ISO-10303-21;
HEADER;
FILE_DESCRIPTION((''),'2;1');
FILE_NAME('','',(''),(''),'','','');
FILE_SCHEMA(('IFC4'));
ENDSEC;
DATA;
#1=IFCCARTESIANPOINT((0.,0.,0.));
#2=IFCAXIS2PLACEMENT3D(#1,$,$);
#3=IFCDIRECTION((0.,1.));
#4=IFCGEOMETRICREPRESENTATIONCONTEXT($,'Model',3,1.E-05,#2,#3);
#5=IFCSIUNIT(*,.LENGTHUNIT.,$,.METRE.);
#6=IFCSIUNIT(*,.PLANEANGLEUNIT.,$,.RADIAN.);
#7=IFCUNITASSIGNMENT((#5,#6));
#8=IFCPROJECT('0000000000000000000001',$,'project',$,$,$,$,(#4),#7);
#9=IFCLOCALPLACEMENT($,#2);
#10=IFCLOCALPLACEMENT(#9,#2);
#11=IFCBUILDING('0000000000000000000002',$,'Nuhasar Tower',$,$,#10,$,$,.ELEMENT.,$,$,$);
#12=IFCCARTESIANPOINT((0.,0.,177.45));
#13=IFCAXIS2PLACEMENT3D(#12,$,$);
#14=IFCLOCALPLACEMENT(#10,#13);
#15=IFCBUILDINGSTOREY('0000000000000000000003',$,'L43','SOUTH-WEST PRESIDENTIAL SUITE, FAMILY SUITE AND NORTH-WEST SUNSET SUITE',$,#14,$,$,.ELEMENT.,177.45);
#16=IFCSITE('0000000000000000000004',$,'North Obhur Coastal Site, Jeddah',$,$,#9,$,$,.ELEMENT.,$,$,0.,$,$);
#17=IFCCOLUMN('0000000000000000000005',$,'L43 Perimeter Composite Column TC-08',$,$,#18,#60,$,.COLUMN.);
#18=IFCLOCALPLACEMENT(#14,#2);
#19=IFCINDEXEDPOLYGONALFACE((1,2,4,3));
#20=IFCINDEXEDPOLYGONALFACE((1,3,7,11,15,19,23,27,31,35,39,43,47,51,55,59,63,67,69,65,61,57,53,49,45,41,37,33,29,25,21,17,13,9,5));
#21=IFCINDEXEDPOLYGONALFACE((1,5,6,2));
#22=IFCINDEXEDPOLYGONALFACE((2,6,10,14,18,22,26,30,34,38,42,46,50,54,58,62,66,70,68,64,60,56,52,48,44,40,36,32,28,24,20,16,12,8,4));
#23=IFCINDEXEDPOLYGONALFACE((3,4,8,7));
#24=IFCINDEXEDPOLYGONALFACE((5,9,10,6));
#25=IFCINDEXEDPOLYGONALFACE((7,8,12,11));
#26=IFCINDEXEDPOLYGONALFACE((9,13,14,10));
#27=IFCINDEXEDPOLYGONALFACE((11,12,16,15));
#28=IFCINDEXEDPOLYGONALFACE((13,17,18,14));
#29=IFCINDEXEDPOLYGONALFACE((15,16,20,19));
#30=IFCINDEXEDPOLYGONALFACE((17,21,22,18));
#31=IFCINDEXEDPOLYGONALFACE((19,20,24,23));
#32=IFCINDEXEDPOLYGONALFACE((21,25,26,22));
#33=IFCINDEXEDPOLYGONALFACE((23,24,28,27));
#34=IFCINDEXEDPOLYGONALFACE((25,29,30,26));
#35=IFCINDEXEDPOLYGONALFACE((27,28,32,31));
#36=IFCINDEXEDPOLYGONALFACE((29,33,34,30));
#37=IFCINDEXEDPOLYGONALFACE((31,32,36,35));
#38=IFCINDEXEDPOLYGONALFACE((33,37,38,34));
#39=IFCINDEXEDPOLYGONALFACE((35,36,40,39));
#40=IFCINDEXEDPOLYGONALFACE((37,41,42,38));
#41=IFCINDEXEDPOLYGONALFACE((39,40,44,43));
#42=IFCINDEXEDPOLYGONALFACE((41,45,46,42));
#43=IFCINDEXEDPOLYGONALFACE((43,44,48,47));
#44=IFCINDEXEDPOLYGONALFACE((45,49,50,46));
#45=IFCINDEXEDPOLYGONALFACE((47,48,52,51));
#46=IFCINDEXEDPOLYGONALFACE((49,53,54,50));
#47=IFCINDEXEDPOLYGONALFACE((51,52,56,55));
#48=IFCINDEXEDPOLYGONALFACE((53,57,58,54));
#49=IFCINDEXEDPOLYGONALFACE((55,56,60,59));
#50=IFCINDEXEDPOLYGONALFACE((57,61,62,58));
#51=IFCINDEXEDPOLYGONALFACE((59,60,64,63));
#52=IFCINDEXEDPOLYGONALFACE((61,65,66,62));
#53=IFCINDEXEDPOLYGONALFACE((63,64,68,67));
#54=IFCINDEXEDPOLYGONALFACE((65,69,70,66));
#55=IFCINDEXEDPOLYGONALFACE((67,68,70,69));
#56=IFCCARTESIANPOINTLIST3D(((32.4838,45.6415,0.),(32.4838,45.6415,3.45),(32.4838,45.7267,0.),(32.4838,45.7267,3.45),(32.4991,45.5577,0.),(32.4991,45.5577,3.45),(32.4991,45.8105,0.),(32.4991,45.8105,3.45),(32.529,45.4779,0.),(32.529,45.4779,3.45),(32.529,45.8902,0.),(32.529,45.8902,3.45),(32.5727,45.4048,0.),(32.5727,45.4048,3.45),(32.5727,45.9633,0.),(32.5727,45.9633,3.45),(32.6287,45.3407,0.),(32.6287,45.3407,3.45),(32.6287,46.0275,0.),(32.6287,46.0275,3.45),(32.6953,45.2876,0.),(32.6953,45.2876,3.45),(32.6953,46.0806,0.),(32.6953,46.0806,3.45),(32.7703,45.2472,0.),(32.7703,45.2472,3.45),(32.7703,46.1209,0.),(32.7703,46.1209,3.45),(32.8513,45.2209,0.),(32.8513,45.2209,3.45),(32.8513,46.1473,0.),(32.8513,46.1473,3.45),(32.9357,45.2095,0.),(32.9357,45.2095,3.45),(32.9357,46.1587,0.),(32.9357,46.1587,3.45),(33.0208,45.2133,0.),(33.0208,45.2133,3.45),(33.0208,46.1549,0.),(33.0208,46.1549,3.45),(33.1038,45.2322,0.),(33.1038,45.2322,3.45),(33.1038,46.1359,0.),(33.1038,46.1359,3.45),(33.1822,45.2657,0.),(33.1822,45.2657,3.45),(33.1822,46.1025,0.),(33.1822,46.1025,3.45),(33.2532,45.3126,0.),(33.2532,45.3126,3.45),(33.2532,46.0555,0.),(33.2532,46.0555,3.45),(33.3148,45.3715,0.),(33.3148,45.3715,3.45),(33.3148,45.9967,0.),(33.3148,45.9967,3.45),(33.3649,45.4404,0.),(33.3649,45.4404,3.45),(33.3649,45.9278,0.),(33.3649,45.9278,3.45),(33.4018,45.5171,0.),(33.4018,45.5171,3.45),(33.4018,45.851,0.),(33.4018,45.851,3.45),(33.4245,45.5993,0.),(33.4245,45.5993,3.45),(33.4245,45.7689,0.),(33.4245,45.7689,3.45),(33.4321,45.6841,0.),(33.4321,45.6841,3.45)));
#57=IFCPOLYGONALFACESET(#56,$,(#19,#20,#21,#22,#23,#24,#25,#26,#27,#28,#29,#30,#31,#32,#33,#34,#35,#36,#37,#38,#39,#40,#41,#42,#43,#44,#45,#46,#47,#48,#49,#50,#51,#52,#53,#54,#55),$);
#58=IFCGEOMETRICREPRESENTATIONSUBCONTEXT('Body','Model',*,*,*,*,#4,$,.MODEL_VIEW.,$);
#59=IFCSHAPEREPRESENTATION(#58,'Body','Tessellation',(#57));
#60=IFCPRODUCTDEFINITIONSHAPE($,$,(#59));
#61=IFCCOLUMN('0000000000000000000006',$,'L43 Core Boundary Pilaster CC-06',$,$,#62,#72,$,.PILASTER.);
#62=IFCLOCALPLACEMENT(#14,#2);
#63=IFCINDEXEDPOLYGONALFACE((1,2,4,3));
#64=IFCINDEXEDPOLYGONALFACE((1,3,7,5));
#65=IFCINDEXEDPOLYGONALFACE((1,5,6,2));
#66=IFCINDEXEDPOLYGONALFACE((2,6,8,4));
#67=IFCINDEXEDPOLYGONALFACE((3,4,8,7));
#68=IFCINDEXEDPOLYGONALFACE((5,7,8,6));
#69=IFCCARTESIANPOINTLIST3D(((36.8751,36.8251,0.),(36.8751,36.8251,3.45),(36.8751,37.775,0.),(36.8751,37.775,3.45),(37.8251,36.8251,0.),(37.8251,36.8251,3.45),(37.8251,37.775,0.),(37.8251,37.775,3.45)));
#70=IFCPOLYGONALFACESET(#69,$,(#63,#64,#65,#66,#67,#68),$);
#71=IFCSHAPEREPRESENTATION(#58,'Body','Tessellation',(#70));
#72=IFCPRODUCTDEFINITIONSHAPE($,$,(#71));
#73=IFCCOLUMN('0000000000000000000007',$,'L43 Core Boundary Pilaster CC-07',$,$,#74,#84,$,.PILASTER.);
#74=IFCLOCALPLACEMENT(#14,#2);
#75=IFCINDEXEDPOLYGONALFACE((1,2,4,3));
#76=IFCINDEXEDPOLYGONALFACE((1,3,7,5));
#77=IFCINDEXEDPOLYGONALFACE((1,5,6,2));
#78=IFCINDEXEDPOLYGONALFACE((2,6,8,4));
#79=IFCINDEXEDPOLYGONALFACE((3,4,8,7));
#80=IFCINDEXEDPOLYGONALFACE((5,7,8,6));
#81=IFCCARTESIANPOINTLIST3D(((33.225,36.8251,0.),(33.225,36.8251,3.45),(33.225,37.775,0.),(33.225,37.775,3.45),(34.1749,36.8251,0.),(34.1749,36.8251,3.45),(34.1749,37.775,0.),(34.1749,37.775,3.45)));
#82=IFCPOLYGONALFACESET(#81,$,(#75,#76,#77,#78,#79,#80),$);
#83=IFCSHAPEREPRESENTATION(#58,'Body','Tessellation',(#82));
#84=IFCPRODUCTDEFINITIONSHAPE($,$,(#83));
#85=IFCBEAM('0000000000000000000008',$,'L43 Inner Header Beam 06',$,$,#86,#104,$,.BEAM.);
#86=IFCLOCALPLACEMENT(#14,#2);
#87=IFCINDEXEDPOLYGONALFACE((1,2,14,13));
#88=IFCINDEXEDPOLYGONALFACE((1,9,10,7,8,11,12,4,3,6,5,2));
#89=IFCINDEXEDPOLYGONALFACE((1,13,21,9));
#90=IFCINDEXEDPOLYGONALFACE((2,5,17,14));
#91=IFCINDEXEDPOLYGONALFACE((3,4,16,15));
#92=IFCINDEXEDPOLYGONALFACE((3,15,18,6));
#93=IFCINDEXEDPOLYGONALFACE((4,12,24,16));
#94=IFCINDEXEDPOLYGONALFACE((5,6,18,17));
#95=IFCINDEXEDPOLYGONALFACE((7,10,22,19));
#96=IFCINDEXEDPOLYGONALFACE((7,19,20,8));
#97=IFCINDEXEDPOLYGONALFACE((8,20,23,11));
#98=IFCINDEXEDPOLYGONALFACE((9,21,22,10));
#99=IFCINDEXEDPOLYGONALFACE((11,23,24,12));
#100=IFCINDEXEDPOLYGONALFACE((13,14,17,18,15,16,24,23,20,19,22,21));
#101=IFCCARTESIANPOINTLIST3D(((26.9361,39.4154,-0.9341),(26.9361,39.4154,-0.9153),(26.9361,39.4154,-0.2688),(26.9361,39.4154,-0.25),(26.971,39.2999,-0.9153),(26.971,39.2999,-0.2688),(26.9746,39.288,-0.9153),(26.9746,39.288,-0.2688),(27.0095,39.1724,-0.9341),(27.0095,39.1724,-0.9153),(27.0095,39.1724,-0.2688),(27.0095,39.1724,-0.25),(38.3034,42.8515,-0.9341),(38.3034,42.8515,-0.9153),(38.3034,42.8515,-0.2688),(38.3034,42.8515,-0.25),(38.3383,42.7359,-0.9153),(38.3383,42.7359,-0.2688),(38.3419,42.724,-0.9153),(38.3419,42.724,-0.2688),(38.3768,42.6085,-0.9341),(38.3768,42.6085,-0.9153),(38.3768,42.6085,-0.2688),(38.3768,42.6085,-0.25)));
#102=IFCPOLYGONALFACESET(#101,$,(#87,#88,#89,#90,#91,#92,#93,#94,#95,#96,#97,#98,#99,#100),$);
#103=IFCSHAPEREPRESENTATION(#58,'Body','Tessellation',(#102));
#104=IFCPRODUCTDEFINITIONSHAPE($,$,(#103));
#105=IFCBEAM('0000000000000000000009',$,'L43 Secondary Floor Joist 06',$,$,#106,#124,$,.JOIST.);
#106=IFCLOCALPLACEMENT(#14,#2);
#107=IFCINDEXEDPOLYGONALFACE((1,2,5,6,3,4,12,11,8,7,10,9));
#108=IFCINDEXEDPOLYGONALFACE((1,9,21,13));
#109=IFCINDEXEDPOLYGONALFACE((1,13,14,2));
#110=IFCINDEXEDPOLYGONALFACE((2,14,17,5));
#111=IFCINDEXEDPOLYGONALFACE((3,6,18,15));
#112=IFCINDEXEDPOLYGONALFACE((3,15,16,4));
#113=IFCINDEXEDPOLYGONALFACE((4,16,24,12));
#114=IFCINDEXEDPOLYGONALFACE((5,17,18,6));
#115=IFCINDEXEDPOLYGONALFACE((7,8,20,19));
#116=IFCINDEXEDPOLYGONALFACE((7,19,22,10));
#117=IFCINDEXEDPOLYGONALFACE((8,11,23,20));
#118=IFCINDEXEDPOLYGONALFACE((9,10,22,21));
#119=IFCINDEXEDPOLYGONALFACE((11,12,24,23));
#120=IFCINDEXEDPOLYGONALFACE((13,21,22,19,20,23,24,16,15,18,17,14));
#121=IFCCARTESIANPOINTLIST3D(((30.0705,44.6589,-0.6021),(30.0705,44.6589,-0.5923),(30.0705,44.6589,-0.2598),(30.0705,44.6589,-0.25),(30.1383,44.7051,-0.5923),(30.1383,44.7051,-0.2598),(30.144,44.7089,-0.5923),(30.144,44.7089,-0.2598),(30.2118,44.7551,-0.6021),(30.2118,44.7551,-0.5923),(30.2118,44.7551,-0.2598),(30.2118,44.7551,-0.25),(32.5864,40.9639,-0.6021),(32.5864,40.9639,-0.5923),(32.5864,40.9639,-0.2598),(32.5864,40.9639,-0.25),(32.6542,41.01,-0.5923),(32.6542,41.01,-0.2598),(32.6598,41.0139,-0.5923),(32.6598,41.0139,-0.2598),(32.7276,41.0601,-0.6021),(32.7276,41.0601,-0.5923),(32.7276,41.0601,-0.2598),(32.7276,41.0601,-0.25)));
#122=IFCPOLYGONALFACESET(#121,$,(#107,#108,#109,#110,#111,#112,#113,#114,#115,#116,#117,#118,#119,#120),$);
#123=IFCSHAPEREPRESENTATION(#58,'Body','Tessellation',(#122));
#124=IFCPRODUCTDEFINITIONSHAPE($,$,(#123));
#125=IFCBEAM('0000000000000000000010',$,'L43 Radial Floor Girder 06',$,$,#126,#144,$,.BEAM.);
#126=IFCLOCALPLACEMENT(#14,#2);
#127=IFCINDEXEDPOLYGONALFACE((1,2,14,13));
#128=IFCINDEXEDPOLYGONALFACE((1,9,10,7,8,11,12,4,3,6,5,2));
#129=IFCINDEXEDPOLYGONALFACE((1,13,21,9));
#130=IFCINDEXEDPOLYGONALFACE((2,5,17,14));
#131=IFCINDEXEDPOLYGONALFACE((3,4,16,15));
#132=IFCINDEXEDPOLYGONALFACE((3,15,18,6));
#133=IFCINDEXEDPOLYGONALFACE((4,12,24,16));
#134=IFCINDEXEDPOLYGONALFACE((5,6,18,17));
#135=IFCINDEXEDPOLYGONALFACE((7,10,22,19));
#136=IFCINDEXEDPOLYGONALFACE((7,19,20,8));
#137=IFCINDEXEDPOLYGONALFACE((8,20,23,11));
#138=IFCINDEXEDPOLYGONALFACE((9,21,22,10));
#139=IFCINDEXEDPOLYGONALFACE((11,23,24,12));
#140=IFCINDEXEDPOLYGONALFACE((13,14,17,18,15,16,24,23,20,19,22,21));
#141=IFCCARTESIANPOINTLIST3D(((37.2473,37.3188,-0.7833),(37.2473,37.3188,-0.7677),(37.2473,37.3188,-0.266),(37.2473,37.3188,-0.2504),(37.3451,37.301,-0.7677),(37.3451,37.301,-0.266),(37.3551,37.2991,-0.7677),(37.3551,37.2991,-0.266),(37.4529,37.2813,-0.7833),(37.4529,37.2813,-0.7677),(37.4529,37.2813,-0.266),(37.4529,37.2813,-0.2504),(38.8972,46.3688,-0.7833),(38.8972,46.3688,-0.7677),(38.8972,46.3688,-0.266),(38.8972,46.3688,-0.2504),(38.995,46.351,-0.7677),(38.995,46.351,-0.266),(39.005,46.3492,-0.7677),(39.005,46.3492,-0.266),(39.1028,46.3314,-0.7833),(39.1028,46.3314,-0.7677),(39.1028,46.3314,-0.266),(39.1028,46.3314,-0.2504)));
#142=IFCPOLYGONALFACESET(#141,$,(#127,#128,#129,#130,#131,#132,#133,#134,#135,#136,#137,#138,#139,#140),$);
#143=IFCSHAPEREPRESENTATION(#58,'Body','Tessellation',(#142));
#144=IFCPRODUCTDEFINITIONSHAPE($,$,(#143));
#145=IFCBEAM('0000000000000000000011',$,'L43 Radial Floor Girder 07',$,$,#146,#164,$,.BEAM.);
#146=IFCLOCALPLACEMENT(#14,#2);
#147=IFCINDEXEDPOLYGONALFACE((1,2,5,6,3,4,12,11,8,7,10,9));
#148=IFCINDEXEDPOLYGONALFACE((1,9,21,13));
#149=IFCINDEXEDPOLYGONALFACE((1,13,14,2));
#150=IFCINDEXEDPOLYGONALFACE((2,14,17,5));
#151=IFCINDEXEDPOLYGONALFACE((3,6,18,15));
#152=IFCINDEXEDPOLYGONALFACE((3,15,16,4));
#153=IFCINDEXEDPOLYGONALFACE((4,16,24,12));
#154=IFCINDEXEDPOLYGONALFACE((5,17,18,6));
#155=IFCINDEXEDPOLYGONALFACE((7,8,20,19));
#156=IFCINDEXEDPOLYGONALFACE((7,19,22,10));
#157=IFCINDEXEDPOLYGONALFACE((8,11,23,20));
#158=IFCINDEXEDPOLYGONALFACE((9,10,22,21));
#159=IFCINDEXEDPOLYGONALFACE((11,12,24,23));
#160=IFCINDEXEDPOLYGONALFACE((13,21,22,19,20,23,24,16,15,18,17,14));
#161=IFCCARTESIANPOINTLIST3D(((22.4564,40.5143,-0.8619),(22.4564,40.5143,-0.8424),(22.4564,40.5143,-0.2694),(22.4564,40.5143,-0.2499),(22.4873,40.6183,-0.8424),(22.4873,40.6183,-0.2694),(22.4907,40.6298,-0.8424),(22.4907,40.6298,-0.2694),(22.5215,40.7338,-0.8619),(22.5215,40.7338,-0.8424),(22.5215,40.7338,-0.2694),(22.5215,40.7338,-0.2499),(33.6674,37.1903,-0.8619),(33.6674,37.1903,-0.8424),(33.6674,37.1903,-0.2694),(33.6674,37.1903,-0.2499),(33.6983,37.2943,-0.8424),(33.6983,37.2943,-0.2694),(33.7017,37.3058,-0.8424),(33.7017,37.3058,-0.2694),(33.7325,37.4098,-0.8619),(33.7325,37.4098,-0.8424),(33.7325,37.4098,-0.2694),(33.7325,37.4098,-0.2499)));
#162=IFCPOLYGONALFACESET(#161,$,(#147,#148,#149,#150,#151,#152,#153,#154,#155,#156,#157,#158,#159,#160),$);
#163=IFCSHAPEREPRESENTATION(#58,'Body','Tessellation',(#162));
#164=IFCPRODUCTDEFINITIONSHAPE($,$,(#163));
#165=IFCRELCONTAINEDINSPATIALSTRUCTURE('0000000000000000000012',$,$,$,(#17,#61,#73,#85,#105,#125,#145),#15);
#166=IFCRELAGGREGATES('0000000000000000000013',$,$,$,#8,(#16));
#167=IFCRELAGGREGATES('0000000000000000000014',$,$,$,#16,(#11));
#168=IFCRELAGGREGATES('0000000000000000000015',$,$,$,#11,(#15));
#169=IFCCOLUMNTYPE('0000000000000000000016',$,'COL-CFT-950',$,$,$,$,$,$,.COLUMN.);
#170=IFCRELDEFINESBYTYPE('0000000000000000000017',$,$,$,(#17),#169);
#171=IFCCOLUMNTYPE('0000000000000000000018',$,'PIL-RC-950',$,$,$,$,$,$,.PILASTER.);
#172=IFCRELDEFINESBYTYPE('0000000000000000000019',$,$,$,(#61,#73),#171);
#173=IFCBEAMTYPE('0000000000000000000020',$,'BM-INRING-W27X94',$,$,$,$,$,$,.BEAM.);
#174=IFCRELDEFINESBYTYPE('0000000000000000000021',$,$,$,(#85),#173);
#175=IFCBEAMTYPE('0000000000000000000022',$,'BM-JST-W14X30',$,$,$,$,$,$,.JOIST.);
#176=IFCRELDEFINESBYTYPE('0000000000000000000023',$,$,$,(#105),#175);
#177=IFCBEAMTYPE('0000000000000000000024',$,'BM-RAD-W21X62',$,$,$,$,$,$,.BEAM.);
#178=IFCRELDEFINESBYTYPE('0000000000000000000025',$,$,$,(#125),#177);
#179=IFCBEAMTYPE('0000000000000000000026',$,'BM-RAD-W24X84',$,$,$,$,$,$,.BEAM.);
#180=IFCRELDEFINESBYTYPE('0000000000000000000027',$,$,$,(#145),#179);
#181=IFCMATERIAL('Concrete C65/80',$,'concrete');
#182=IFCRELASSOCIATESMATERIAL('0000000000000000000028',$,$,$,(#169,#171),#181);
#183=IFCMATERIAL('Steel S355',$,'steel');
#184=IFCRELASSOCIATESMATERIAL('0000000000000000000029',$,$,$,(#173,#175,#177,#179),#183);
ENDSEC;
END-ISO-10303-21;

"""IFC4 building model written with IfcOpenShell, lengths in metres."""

from ifc_helpers import new_model, si_unit, direction, frame, origin, origin_2d, place, context, subcontext, project, spatial, rectangle, circle, i_section, extrude, material, material_profile, profile_set, type_object, element, save


model = new_model("IFC4")

# Units and contexts
model_context = context("Model", 3, precision=1e-05, world=origin(), true_north=direction((0.0, 1.0)))
body_context = subcontext(model_context, "Body", "Model", "MODEL_VIEW")
ifc_project = project(units=[si_unit("LENGTHUNIT", "METRE"), si_unit("PLANEANGLEUNIT", "RADIAN")], contexts=[model_context])

# Site, building, storey
site_placement = place(None, origin())
site = spatial("IfcSite", under=ifc_project, at=site_placement, Name="North Obhur Coastal Site, Jeddah", CompositionType="ELEMENT", RefElevation=0.0)
building_placement = place(site_placement, origin())
building = spatial("IfcBuilding", under=site, at=building_placement, Name="Nuhasar Tower", CompositionType="ELEMENT")
storey_placement = place(building_placement, frame((0.0, 0.0, 177.45)))
storey = spatial("IfcBuildingStorey", under=building, at=storey_placement, Name="L43", Description="SOUTH-WEST PRESIDENTIAL SUITE, FAMILY SUITE AND NORTH-WEST SUNSET SUITE", CompositionType="ELEMENT", Elevation=177.45)

# Columns
ifc_material_1 = material(Name="Concrete C65/80", Category="concrete")
ifc_material_profile_1 = material_profile(ifc_material_1, circle(Radius=0.4751, at=origin_2d()), Name="CFT950")
ifc_profile_set_1 = profile_set([ifc_material_profile_1], Name="Concrete C65/80")
column_type_1 = type_object("IfcColumnType", Name="COL-CFT-950", PredefinedType="COLUMN", material=ifc_profile_set_1)
column_placement = place(storey_placement, frame((32.957, 45.6841, 0.0), z_axis=(0.0, 0.0, 1.0), x_axis=(1.0, 0.0, 0.0)))
element("IfcColumn", 1, at=column_placement, inside=storey, type_object=column_type_1, Name="L43 Perimeter Composite Column TC-08", PredefinedType="COLUMN", context=body_context, shape_type="SweptSolid", body=[
    extrude(circle(Radius=0.4751, at=origin_2d()), origin(), (0.0, 0.0, 1.0), 3.45),
])
ifc_material_profile_2 = material_profile(ifc_material_1, rectangle(XDim=0.95, YDim=0.95, at=origin_2d()), Name="RC950X950")
ifc_profile_set_2 = profile_set([ifc_material_profile_2], Name="Concrete C65/80")
column_type_2 = type_object("IfcColumnType", Name="PIL-RC-950", PredefinedType="PILASTER", material=ifc_profile_set_2)
for number, where, z_axis, x_axis, name in (
    (2, (37.3501, 37.3, 0.0), (0.0, 0.0, 1.0), (1.0, 0.0, 0.0), "L43 Core Boundary Pilaster CC-06"),
    (3, (33.7, 37.3, 0.0), (0.0, 0.0, 1.0), (1.0, 0.0, 0.0), "L43 Core Boundary Pilaster CC-07"),
):
    element("IfcColumn", number, at=place(storey_placement, frame(where, z_axis=z_axis, x_axis=x_axis)), inside=storey, type_object=column_type_2, Name=name, PredefinedType="PILASTER", context=body_context, shape_type="SweptSolid", body=[
        extrude(rectangle(XDim=0.95, YDim=0.95, at=origin_2d()), origin(), (0.0, 0.0, 1.0), 3.45),
    ])

# Beams
ifc_material_2 = material(Name="Steel S355", Category="steel")
ifc_material_profile_3 = material_profile(ifc_material_2, i_section(OverallWidth=0.2539, OverallDepth=0.6841, WebThickness=0.0125, FlangeThickness=0.0188, at=origin_2d()), Name="W27X94")
ifc_profile_set_3 = profile_set([ifc_material_profile_3], Name="Steel S355")
beam_type_1 = type_object("IfcBeamType", Name="BM-INRING-W27X94", PredefinedType="BEAM", material=ifc_profile_set_3)
beam_1_placement = place(storey_placement, frame((38.3401, 42.73, -0.592), z_axis=(-0.957224, -0.289347, 0.0), x_axis=(0.289347, -0.957224, 0.0)))
element("IfcBeam", 4, at=beam_1_placement, inside=storey, type_object=beam_type_1, Name="L43 Inner Header Beam 06", PredefinedType="BEAM", context=body_context, shape_type="SweptSolid", body=[
    extrude(i_section(OverallWidth=0.2539, OverallDepth=0.6841, WebThickness=0.0125, FlangeThickness=0.0188, at=origin_2d()), origin(), (0.0, 0.0, 1.0), 11.8752),
])
ifc_material_profile_4 = material_profile(ifc_material_2, i_section(OverallWidth=0.1709, OverallDepth=0.3521, WebThickness=0.0068, FlangeThickness=0.0098, at=origin_2d()), Name="W14X30")
ifc_profile_set_4 = profile_set([ifc_material_profile_4], Name="Steel S355")
beam_type_2 = type_object("IfcBeamType", Name="BM-JST-W14X30", PredefinedType="JOIST", material=ifc_profile_set_4)
beam_2_placement = place(storey_placement, frame((32.657, 41.012, -0.426), z_axis=(-0.562803, 0.826591, 0.0), x_axis=(-0.826591, -0.562803, 0.0)))
element("IfcBeam", 5, at=beam_2_placement, inside=storey, type_object=beam_type_2, Name="L43 Secondary Floor Joist 06", PredefinedType="JOIST", context=body_context, shape_type="SweptSolid", body=[
    extrude(i_section(OverallWidth=0.1709, OverallDepth=0.3521, WebThickness=0.0068, FlangeThickness=0.0098, at=origin_2d()), origin(), (0.0, 0.0, 1.0), 4.4702),
])
ifc_material_profile_5 = material_profile(ifc_material_2, i_section(OverallWidth=0.209, OverallDepth=0.533, WebThickness=0.0103, FlangeThickness=0.0156, at=origin_2d()), Name="W21X62")
ifc_profile_set_5 = profile_set([ifc_material_profile_5], Name="Steel S355")
beam_type_3 = type_object("IfcBeamType", Name="BM-RAD-W21X62", PredefinedType="BEAM", material=ifc_profile_set_5)
beam_3_placement = place(storey_placement, frame((37.3501, 37.3, -0.5168), z_axis=(0.179353, 0.983785, 0.0), x_axis=(-0.983785, 0.179353, 0.0)))
element("IfcBeam", 6, at=beam_3_placement, inside=storey, type_object=beam_type_3, Name="L43 Radial Floor Girder 06", PredefinedType="BEAM", context=body_context, shape_type="SweptSolid", body=[
    extrude(i_section(OverallWidth=0.209, OverallDepth=0.533, WebThickness=0.0103, FlangeThickness=0.0156, at=origin_2d()), origin(), (0.0, 0.0, 1.0), 9.1992),
])
ifc_material_profile_6 = material_profile(ifc_material_2, i_section(OverallWidth=0.229, OverallDepth=0.6121, WebThickness=0.012, FlangeThickness=0.0195, at=origin_2d()), Name="W24X84")
ifc_profile_set_6 = profile_set([ifc_material_profile_6], Name="Steel S355")
beam_type_4 = type_object("IfcBeamType", Name="BM-RAD-W24X84", PredefinedType="BEAM", material=ifc_profile_set_6)
beam_4_placement = place(storey_placement, frame((33.7, 37.3, -0.5559), z_axis=(-0.958746, 0.284262, 0.0), x_axis=(-0.284262, -0.958746, 0.0)))
element("IfcBeam", 7, at=beam_4_placement, inside=storey, type_object=beam_type_4, Name="L43 Radial Floor Girder 07", PredefinedType="BEAM", context=body_context, shape_type="SweptSolid", body=[
    extrude(i_section(OverallWidth=0.229, OverallDepth=0.6121, WebThickness=0.012, FlangeThickness=0.0195, at=origin_2d()), origin(), (0.0, 0.0, 1.0), 11.6934),
])

save(model, "model.ifc")
